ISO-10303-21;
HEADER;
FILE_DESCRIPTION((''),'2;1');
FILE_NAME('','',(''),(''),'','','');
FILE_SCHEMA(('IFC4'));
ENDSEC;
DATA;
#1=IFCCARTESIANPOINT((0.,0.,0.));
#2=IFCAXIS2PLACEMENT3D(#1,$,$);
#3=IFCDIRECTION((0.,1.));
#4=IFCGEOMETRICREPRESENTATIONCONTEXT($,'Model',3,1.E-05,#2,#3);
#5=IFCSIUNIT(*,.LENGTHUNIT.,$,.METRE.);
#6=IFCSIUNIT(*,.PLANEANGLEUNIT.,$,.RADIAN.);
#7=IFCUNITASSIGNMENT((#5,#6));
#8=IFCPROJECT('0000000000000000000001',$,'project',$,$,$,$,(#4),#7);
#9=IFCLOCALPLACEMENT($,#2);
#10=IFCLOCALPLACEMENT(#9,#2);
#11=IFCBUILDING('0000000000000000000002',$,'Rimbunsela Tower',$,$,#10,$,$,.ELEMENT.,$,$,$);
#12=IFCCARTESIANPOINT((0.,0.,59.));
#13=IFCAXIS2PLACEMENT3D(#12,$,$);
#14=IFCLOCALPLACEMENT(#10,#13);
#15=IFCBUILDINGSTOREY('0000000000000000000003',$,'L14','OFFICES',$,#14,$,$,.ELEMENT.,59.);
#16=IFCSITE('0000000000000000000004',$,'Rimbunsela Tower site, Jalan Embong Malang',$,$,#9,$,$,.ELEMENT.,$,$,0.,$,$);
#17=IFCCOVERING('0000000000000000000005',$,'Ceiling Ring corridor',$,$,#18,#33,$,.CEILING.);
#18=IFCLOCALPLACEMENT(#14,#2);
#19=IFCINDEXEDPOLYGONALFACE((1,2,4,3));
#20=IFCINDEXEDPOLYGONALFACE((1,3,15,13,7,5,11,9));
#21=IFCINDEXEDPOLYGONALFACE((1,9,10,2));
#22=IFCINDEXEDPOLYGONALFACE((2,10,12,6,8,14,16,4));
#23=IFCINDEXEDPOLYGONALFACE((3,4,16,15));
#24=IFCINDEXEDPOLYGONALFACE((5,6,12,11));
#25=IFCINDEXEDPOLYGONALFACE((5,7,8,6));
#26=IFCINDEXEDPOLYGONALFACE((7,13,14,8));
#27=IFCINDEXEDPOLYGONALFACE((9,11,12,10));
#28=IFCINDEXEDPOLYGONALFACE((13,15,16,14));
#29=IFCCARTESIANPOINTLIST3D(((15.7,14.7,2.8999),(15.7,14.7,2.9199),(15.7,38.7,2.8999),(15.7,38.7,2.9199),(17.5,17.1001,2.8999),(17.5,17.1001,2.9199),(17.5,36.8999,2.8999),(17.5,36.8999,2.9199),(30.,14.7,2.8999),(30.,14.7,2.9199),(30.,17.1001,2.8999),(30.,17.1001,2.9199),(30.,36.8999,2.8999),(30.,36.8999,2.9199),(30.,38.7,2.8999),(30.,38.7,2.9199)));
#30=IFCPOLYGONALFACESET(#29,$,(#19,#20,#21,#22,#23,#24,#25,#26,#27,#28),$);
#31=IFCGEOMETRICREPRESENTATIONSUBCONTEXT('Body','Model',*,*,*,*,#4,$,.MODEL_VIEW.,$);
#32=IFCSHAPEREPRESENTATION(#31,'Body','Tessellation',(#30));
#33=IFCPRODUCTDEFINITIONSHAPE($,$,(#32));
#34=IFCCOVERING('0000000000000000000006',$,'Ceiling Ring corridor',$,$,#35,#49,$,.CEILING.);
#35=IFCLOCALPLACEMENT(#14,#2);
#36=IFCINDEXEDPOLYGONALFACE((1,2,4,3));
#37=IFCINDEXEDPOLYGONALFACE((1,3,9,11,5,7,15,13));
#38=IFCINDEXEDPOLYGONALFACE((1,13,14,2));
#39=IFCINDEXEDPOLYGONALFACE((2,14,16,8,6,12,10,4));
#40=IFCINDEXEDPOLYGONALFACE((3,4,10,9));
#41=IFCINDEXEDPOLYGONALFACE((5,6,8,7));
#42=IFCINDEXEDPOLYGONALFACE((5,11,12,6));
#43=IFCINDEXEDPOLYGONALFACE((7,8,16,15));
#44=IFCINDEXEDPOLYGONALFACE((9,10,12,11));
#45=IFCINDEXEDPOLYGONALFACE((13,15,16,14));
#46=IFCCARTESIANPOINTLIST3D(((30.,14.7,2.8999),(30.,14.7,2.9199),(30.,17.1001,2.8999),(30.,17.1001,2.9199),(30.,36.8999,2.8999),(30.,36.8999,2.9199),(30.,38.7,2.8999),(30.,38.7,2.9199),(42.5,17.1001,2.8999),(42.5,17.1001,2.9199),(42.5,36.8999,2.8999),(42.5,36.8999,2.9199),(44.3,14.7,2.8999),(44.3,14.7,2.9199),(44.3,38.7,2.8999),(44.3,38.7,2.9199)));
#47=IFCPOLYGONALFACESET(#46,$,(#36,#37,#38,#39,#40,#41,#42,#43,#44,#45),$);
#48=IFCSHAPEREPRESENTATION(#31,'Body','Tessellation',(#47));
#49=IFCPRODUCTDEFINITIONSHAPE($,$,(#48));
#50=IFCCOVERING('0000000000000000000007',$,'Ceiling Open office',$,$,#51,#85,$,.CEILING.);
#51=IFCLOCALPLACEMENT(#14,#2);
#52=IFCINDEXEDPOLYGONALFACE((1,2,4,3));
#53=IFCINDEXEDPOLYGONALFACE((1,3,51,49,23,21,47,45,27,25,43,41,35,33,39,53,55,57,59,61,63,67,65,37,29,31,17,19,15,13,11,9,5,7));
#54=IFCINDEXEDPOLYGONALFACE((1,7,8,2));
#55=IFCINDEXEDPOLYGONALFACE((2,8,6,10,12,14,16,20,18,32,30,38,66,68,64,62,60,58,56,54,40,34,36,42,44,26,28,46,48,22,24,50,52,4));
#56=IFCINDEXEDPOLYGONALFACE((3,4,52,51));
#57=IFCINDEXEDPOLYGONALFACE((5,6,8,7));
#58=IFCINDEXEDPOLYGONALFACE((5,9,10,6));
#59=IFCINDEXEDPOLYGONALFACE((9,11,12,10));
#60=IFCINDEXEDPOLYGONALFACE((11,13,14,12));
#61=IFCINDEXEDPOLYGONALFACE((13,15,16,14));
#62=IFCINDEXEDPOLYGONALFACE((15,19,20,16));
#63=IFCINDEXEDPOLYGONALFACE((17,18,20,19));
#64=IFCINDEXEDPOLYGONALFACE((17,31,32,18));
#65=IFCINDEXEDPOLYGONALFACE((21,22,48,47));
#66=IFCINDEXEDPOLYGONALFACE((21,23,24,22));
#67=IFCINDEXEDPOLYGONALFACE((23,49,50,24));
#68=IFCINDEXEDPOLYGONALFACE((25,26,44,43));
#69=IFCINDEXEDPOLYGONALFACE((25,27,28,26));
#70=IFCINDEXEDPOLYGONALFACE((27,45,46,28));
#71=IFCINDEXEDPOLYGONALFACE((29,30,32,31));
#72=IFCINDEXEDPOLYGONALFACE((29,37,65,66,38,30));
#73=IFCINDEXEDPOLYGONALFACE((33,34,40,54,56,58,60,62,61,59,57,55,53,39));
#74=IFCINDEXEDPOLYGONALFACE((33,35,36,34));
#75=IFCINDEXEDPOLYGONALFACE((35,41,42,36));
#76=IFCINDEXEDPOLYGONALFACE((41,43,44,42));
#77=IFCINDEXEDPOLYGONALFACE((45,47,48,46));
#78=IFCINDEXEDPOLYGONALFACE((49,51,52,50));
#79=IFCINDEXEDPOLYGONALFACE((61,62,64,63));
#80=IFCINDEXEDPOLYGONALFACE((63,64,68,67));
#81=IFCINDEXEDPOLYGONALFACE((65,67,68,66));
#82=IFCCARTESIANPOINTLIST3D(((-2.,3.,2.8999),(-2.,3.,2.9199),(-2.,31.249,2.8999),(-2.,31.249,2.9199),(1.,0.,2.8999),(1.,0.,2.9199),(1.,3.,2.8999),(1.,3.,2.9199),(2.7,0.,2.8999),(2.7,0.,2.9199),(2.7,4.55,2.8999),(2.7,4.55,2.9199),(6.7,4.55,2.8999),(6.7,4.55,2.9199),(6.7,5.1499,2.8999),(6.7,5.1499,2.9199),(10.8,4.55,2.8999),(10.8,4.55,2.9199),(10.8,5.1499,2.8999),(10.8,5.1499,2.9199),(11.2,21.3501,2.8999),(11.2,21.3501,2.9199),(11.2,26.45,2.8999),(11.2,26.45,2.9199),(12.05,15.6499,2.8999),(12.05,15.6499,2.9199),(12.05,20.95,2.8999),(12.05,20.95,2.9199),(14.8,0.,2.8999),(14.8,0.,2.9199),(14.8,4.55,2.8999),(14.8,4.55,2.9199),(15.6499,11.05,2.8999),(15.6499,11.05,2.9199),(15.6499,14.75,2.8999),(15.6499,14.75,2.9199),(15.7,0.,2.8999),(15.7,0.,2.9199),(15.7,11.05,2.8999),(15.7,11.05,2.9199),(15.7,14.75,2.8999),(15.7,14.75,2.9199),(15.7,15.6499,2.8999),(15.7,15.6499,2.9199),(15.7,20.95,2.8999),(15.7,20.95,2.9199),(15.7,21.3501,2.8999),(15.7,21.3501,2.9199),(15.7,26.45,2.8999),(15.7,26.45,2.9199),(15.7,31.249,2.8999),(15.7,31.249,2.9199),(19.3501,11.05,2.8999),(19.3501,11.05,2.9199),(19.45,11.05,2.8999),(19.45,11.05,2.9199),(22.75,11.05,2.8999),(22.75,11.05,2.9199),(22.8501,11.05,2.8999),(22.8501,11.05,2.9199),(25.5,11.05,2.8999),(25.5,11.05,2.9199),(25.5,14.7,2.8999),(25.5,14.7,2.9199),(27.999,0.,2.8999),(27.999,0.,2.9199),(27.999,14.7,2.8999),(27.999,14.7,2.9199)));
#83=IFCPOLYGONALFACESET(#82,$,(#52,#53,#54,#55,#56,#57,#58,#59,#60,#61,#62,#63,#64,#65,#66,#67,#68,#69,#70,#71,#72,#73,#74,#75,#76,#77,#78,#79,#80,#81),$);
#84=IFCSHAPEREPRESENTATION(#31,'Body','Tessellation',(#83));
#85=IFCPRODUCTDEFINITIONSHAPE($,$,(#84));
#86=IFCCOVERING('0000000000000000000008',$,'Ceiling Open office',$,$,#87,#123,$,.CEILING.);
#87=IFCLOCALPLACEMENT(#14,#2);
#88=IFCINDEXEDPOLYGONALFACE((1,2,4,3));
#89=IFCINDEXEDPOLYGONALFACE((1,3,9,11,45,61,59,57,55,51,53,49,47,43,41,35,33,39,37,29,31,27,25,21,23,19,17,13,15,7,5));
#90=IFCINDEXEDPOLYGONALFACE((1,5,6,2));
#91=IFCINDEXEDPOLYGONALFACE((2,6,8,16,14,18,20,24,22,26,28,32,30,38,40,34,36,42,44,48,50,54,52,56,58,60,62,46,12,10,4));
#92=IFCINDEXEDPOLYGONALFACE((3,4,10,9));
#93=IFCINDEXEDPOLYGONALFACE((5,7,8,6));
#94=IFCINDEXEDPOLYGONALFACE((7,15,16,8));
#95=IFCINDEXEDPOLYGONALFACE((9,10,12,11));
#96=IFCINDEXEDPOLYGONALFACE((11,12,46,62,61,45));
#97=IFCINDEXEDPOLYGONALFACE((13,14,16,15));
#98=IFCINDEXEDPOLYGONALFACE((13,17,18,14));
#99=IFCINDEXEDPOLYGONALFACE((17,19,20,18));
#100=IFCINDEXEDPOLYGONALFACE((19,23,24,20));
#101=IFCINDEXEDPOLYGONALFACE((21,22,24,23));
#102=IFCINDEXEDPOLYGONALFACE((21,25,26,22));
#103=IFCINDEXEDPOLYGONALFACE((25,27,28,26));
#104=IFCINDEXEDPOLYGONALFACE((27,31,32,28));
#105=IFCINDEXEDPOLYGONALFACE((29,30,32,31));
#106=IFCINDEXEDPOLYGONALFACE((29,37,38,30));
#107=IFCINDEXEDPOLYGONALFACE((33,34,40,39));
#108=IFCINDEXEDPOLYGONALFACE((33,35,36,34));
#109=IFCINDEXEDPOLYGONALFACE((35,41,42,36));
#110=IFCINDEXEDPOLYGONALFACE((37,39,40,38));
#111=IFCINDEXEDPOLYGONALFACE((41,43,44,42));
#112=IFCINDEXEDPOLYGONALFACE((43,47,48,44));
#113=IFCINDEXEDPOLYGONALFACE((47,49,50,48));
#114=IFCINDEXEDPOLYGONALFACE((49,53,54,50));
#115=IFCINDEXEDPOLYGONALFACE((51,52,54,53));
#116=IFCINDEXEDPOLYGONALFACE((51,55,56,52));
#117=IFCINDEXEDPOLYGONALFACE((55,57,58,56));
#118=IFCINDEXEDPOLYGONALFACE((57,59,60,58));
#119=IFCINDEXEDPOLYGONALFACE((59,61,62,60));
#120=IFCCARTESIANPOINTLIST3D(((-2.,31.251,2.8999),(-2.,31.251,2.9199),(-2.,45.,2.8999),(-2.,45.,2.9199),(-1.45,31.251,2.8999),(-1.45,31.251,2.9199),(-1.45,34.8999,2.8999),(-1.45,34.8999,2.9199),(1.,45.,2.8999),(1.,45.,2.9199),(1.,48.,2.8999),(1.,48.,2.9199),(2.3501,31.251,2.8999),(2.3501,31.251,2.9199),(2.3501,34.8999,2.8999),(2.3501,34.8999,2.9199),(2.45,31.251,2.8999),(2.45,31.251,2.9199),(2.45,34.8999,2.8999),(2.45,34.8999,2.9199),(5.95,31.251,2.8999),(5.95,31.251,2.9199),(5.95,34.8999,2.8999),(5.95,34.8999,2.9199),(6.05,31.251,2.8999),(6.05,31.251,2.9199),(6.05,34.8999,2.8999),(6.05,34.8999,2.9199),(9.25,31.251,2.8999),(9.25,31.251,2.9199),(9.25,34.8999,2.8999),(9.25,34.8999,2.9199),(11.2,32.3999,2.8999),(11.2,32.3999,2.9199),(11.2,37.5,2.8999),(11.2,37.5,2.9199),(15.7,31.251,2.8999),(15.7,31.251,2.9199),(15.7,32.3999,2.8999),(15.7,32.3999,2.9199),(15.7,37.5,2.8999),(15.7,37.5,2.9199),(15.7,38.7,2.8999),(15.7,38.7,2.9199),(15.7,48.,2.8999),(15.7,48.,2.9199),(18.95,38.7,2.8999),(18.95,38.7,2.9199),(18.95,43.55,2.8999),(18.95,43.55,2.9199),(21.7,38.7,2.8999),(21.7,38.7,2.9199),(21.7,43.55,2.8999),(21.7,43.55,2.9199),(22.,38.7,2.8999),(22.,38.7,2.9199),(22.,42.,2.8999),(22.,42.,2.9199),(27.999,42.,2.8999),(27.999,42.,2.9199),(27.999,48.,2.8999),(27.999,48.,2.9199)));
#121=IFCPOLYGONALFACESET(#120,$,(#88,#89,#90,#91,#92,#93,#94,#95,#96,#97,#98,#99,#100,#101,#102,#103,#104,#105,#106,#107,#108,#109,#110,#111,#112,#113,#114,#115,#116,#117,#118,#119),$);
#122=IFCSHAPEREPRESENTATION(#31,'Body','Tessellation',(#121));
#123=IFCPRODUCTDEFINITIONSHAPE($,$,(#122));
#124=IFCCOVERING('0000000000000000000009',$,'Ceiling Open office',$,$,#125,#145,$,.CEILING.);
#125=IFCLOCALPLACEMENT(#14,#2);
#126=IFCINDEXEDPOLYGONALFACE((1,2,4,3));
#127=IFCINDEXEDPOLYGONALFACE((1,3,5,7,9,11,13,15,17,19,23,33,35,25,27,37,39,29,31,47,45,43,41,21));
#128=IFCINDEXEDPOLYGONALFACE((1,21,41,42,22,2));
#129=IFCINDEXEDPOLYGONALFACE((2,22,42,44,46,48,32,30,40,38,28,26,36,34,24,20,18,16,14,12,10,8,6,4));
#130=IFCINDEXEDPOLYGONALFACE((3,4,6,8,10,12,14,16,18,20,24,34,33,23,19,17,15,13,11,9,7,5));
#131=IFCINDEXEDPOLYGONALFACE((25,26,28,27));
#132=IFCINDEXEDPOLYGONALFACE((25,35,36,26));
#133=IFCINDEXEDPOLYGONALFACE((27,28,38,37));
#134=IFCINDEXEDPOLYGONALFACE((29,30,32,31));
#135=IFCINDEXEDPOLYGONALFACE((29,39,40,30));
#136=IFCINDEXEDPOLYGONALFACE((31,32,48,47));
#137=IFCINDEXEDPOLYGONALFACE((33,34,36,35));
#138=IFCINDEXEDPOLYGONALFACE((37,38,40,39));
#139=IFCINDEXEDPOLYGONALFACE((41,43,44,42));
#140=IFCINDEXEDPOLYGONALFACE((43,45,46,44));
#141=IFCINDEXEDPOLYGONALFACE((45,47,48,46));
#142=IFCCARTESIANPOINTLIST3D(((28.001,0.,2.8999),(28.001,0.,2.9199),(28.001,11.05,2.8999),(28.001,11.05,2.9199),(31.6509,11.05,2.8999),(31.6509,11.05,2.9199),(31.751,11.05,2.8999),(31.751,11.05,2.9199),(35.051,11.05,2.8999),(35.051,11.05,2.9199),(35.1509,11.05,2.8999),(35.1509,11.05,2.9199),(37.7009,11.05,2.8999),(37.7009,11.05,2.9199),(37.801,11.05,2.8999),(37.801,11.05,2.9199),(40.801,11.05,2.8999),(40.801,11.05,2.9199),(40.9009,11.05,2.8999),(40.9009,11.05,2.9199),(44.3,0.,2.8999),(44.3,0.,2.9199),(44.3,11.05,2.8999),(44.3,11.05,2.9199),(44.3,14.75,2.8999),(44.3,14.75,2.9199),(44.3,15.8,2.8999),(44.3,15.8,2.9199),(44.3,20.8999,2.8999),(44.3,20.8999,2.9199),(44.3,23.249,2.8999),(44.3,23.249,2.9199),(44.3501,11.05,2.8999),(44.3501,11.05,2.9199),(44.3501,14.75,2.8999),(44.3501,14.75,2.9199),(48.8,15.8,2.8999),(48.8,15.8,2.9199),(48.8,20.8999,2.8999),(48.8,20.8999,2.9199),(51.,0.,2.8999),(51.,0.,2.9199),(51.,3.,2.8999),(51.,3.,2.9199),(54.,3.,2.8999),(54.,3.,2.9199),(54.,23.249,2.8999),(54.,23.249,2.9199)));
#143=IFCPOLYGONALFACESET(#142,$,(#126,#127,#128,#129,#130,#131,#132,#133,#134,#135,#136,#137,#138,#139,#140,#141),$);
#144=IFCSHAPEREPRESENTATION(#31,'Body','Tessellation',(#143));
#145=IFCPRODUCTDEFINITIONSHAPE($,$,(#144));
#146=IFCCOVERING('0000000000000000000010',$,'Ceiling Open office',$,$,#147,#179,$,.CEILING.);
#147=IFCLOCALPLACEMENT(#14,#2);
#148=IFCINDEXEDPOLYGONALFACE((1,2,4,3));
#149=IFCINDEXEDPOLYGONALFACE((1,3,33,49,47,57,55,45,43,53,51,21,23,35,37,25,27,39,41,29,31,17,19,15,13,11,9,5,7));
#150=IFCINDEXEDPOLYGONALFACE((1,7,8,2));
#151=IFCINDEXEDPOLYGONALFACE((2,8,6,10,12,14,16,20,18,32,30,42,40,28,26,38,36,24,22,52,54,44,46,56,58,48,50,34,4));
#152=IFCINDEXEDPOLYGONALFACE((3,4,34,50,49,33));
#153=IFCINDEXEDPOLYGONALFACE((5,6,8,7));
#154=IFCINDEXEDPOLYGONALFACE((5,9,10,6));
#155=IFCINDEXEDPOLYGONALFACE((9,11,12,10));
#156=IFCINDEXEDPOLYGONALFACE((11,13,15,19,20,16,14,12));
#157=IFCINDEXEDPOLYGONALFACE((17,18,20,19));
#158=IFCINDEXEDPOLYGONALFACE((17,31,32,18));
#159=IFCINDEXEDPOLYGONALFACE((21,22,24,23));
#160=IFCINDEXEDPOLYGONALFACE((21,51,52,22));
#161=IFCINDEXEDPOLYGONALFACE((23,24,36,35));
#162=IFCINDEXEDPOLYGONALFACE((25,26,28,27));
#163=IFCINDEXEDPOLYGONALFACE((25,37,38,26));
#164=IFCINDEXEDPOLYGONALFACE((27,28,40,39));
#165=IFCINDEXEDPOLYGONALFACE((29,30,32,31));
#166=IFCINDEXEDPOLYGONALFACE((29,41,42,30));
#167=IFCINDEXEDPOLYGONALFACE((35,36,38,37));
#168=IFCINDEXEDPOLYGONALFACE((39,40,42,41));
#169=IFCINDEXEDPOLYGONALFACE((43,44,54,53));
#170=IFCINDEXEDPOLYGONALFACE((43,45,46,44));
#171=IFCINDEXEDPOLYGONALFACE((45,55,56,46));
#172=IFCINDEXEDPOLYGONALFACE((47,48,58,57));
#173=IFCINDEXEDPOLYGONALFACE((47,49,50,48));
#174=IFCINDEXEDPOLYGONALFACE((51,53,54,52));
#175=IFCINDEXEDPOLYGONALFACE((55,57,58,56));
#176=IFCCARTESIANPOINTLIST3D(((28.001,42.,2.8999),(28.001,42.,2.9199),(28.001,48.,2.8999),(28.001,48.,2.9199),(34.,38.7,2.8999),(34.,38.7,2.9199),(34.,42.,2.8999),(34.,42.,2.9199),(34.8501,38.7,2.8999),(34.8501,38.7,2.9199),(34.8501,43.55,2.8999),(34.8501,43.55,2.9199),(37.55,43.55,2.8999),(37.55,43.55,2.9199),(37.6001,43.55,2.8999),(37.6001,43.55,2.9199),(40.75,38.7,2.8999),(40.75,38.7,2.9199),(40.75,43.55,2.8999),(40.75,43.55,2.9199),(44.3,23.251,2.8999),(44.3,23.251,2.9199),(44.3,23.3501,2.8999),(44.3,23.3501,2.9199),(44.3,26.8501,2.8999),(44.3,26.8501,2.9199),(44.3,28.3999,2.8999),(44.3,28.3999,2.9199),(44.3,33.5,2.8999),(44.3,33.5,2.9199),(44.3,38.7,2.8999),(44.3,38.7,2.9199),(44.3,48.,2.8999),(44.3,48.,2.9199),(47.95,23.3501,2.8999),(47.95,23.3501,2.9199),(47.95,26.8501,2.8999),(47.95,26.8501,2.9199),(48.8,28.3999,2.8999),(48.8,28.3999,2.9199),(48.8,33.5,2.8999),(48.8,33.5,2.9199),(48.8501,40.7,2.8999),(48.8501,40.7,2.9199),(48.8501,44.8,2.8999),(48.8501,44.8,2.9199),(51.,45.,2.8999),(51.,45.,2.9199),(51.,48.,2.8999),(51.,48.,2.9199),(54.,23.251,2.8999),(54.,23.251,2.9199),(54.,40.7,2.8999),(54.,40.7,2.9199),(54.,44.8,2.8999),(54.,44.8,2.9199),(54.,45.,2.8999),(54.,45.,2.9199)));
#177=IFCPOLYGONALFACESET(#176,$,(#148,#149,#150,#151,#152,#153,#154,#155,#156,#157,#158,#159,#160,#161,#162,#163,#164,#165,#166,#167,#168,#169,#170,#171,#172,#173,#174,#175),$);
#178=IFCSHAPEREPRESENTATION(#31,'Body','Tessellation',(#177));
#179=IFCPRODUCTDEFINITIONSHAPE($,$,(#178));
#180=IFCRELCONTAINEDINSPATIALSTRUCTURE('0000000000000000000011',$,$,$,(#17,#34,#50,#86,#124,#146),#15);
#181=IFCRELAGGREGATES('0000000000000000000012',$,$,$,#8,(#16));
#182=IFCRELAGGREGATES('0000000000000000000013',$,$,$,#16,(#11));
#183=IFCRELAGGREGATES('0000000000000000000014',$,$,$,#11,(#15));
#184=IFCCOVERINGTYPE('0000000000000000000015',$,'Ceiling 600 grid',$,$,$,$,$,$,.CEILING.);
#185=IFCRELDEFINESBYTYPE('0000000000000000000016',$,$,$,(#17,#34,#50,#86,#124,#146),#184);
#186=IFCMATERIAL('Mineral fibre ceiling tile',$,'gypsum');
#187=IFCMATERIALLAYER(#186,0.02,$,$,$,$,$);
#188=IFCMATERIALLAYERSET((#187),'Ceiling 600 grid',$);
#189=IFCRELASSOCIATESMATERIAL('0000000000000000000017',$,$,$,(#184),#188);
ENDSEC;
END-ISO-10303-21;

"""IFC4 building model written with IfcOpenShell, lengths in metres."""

from ifc_helpers import new_model, si_unit, direction, frame, origin, place, context, subcontext, project, spatial, polyline, outline, extrude, material, layer, layer_set, type_object, element, save


model = new_model("IFC4")

# Units and contexts
model_context = context("Model", 3, precision=1e-05, world=origin(), true_north=direction((0.0, 1.0)))
body_context = subcontext(model_context, "Body", "Model", "MODEL_VIEW")
ifc_project = project(units=[si_unit("LENGTHUNIT", "METRE"), si_unit("PLANEANGLEUNIT", "RADIAN")], contexts=[model_context])

# Site, building, storey
site_placement = place(None, origin())
site = spatial("IfcSite", under=ifc_project, at=site_placement, Name="Rimbunsela Tower site, Jalan Embong Malang", CompositionType="ELEMENT", RefElevation=0.0)
building_placement = place(site_placement, origin())
building = spatial("IfcBuilding", under=site, at=building_placement, Name="Rimbunsela Tower", CompositionType="ELEMENT")
storey_placement = place(building_placement, frame((0.0, 0.0, 59.0)))
storey = spatial("IfcBuildingStorey", under=building, at=storey_placement, Name="L14", Description="OFFICES", CompositionType="ELEMENT", Elevation=59.0)

# Coverings
ifc_material_1 = material(Name="Mineral fibre ceiling tile", Category="gypsum")
ifc_layer_1 = layer(ifc_material_1, 0.02)
ifc_layer_set_1 = layer_set([ifc_layer_1], Name="Ceiling 600 grid")
covering_type_1 = type_object("IfcCoveringType", Name="Ceiling 600 grid", PredefinedType="CEILING", material=ifc_layer_set_1)
covering_1_placement = place(storey_placement, frame((0.0, 0.0, 2.8999)))
element("IfcCovering", 1, at=covering_1_placement, inside=storey, type_object=covering_type_1, Name="Ceiling Ring corridor", PredefinedType="CEILING", context=body_context, shape_type="SweptSolid", body=[
    extrude(outline(polyline([(15.7, 38.7), (30.0, 38.7), (30.0, 36.8999), (17.5, 36.8999), (17.5, 17.1001), (30.0, 17.1001), (30.0, 14.7), (15.7, 14.7), (15.7, 38.7)])), origin(), (0.0, 0.0, 1.0), 0.02),
])
covering_2_placement = place(storey_placement, frame((0.0, 0.0, 2.8999)))
element("IfcCovering", 2, at=covering_2_placement, inside=storey, type_object=covering_type_1, Name="Ceiling Ring corridor", PredefinedType="CEILING", context=body_context, shape_type="SweptSolid", body=[
    extrude(outline(polyline([(44.3, 38.7), (44.3, 14.7), (30.0, 14.7), (30.0, 17.1001), (42.5, 17.1001), (42.5, 36.8999), (30.0, 36.8999), (30.0, 38.7), (44.3, 38.7)])), origin(), (0.0, 0.0, 1.0), 0.02),
])
covering_3_placement = place(storey_placement, frame((0.0, 0.0, 2.8999)))
element("IfcCovering", 3, at=covering_3_placement, inside=storey, type_object=covering_type_1, Name="Ceiling Open office", PredefinedType="CEILING", context=body_context, shape_type="SweptSolid", body=[
    extrude(outline(polyline([(19.45, 11.05), (22.75, 11.05), (22.8501, 11.05), (25.5, 11.05), (25.5, 14.7), (27.999, 14.7), (27.999, 0.0), (15.7, 0.0), (14.8, 0.0), (14.8, 4.55), (10.8, 4.55), (10.8, 5.1499), (6.7, 5.1499), (6.7, 4.55), (2.7, 4.55), (2.7, 0.0), (1.0, 0.0), (1.0, 3.0), (-2.0, 3.0), (-2.0, 31.249), (15.7, 31.249), (15.7, 26.45), (11.2, 26.45), (11.2, 21.3501), (15.7, 21.3501), (15.7, 20.95), (12.05, 20.95), (12.05, 15.6499), (15.7, 15.6499), (15.7, 14.75), (15.6499, 14.75), (15.6499, 11.05), (15.7, 11.05), (19.3501, 11.05), (19.45, 11.05)])), origin(), (0.0, 0.0, 1.0), 0.02),
])
covering_4_placement = place(storey_placement, frame((0.0, 0.0, 2.8999)))
element("IfcCovering", 4, at=covering_4_placement, inside=storey, type_object=covering_type_1, Name="Ceiling Open office", PredefinedType="CEILING", context=body_context, shape_type="SweptSolid", body=[
    extrude(outline(polyline([(11.2, 37.5), (11.2, 32.3999), (15.7, 32.3999), (15.7, 31.251), (9.25, 31.251), (9.25, 34.8999), (6.05, 34.8999), (6.05, 31.251), (5.95, 31.251), (5.95, 34.8999), (2.45, 34.8999), (2.45, 31.251), (2.3501, 31.251), (2.3501, 34.8999), (-1.45, 34.8999), (-1.45, 31.251), (-2.0, 31.251), (-2.0, 45.0), (1.0, 45.0), (1.0, 48.0), (15.7, 48.0), (27.999, 48.0), (27.999, 42.0), (22.0, 42.0), (22.0, 38.7), (21.7, 38.7), (21.7, 43.55), (18.95, 43.55), (18.95, 38.7), (15.7, 38.7), (15.7, 37.5), (11.2, 37.5)])), origin(), (0.0, 0.0, 1.0), 0.02),
])
covering_5_placement = place(storey_placement, frame((0.0, 0.0, 2.8999)))
element("IfcCovering", 5, at=covering_5_placement, inside=storey, type_object=covering_type_1, Name="Ceiling Open office", PredefinedType="CEILING", context=body_context, shape_type="SweptSolid", body=[
    extrude(outline(polyline([(28.001, 11.05), (31.6509, 11.05), (31.751, 11.05), (35.051, 11.05), (35.1509, 11.05), (37.7009, 11.05), (37.801, 11.05), (40.801, 11.05), (40.9009, 11.05), (44.3, 11.05), (44.3501, 11.05), (44.3501, 14.75), (44.3, 14.75), (44.3, 15.8), (48.8, 15.8), (48.8, 20.8999), (44.3, 20.8999), (44.3, 23.249), (54.0, 23.249), (54.0, 3.0), (51.0, 3.0), (51.0, 0.0), (44.3, 0.0), (28.001, 0.0), (28.001, 11.05)])), origin(), (0.0, 0.0, 1.0), 0.02),
])
covering_6_placement = place(storey_placement, frame((0.0, 0.0, 2.8999)))
element("IfcCovering", 6, at=covering_6_placement, inside=storey, type_object=covering_type_1, Name="Ceiling Open office", PredefinedType="CEILING", context=body_context, shape_type="SweptSolid", body=[
    extrude(outline(polyline([(48.8501, 44.8), (48.8501, 40.7), (54.0, 40.7), (54.0, 23.251), (44.3, 23.251), (44.3, 23.3501), (47.95, 23.3501), (47.95, 26.8501), (44.3, 26.8501), (44.3, 28.3999), (48.8, 28.3999), (48.8, 33.5), (44.3, 33.5), (44.3, 38.7), (40.75, 38.7), (40.75, 43.55), (37.6001, 43.55), (37.55, 43.55), (34.8501, 43.55), (34.8501, 38.7), (34.0, 38.7), (34.0, 42.0), (28.001, 42.0), (28.001, 48.0), (44.3, 48.0), (51.0, 48.0), (51.0, 45.0), (54.0, 45.0), (54.0, 44.8), (48.8501, 44.8)])), origin(), (0.0, 0.0, 1.0), 0.02),
])

save(model, "model.ifc")
